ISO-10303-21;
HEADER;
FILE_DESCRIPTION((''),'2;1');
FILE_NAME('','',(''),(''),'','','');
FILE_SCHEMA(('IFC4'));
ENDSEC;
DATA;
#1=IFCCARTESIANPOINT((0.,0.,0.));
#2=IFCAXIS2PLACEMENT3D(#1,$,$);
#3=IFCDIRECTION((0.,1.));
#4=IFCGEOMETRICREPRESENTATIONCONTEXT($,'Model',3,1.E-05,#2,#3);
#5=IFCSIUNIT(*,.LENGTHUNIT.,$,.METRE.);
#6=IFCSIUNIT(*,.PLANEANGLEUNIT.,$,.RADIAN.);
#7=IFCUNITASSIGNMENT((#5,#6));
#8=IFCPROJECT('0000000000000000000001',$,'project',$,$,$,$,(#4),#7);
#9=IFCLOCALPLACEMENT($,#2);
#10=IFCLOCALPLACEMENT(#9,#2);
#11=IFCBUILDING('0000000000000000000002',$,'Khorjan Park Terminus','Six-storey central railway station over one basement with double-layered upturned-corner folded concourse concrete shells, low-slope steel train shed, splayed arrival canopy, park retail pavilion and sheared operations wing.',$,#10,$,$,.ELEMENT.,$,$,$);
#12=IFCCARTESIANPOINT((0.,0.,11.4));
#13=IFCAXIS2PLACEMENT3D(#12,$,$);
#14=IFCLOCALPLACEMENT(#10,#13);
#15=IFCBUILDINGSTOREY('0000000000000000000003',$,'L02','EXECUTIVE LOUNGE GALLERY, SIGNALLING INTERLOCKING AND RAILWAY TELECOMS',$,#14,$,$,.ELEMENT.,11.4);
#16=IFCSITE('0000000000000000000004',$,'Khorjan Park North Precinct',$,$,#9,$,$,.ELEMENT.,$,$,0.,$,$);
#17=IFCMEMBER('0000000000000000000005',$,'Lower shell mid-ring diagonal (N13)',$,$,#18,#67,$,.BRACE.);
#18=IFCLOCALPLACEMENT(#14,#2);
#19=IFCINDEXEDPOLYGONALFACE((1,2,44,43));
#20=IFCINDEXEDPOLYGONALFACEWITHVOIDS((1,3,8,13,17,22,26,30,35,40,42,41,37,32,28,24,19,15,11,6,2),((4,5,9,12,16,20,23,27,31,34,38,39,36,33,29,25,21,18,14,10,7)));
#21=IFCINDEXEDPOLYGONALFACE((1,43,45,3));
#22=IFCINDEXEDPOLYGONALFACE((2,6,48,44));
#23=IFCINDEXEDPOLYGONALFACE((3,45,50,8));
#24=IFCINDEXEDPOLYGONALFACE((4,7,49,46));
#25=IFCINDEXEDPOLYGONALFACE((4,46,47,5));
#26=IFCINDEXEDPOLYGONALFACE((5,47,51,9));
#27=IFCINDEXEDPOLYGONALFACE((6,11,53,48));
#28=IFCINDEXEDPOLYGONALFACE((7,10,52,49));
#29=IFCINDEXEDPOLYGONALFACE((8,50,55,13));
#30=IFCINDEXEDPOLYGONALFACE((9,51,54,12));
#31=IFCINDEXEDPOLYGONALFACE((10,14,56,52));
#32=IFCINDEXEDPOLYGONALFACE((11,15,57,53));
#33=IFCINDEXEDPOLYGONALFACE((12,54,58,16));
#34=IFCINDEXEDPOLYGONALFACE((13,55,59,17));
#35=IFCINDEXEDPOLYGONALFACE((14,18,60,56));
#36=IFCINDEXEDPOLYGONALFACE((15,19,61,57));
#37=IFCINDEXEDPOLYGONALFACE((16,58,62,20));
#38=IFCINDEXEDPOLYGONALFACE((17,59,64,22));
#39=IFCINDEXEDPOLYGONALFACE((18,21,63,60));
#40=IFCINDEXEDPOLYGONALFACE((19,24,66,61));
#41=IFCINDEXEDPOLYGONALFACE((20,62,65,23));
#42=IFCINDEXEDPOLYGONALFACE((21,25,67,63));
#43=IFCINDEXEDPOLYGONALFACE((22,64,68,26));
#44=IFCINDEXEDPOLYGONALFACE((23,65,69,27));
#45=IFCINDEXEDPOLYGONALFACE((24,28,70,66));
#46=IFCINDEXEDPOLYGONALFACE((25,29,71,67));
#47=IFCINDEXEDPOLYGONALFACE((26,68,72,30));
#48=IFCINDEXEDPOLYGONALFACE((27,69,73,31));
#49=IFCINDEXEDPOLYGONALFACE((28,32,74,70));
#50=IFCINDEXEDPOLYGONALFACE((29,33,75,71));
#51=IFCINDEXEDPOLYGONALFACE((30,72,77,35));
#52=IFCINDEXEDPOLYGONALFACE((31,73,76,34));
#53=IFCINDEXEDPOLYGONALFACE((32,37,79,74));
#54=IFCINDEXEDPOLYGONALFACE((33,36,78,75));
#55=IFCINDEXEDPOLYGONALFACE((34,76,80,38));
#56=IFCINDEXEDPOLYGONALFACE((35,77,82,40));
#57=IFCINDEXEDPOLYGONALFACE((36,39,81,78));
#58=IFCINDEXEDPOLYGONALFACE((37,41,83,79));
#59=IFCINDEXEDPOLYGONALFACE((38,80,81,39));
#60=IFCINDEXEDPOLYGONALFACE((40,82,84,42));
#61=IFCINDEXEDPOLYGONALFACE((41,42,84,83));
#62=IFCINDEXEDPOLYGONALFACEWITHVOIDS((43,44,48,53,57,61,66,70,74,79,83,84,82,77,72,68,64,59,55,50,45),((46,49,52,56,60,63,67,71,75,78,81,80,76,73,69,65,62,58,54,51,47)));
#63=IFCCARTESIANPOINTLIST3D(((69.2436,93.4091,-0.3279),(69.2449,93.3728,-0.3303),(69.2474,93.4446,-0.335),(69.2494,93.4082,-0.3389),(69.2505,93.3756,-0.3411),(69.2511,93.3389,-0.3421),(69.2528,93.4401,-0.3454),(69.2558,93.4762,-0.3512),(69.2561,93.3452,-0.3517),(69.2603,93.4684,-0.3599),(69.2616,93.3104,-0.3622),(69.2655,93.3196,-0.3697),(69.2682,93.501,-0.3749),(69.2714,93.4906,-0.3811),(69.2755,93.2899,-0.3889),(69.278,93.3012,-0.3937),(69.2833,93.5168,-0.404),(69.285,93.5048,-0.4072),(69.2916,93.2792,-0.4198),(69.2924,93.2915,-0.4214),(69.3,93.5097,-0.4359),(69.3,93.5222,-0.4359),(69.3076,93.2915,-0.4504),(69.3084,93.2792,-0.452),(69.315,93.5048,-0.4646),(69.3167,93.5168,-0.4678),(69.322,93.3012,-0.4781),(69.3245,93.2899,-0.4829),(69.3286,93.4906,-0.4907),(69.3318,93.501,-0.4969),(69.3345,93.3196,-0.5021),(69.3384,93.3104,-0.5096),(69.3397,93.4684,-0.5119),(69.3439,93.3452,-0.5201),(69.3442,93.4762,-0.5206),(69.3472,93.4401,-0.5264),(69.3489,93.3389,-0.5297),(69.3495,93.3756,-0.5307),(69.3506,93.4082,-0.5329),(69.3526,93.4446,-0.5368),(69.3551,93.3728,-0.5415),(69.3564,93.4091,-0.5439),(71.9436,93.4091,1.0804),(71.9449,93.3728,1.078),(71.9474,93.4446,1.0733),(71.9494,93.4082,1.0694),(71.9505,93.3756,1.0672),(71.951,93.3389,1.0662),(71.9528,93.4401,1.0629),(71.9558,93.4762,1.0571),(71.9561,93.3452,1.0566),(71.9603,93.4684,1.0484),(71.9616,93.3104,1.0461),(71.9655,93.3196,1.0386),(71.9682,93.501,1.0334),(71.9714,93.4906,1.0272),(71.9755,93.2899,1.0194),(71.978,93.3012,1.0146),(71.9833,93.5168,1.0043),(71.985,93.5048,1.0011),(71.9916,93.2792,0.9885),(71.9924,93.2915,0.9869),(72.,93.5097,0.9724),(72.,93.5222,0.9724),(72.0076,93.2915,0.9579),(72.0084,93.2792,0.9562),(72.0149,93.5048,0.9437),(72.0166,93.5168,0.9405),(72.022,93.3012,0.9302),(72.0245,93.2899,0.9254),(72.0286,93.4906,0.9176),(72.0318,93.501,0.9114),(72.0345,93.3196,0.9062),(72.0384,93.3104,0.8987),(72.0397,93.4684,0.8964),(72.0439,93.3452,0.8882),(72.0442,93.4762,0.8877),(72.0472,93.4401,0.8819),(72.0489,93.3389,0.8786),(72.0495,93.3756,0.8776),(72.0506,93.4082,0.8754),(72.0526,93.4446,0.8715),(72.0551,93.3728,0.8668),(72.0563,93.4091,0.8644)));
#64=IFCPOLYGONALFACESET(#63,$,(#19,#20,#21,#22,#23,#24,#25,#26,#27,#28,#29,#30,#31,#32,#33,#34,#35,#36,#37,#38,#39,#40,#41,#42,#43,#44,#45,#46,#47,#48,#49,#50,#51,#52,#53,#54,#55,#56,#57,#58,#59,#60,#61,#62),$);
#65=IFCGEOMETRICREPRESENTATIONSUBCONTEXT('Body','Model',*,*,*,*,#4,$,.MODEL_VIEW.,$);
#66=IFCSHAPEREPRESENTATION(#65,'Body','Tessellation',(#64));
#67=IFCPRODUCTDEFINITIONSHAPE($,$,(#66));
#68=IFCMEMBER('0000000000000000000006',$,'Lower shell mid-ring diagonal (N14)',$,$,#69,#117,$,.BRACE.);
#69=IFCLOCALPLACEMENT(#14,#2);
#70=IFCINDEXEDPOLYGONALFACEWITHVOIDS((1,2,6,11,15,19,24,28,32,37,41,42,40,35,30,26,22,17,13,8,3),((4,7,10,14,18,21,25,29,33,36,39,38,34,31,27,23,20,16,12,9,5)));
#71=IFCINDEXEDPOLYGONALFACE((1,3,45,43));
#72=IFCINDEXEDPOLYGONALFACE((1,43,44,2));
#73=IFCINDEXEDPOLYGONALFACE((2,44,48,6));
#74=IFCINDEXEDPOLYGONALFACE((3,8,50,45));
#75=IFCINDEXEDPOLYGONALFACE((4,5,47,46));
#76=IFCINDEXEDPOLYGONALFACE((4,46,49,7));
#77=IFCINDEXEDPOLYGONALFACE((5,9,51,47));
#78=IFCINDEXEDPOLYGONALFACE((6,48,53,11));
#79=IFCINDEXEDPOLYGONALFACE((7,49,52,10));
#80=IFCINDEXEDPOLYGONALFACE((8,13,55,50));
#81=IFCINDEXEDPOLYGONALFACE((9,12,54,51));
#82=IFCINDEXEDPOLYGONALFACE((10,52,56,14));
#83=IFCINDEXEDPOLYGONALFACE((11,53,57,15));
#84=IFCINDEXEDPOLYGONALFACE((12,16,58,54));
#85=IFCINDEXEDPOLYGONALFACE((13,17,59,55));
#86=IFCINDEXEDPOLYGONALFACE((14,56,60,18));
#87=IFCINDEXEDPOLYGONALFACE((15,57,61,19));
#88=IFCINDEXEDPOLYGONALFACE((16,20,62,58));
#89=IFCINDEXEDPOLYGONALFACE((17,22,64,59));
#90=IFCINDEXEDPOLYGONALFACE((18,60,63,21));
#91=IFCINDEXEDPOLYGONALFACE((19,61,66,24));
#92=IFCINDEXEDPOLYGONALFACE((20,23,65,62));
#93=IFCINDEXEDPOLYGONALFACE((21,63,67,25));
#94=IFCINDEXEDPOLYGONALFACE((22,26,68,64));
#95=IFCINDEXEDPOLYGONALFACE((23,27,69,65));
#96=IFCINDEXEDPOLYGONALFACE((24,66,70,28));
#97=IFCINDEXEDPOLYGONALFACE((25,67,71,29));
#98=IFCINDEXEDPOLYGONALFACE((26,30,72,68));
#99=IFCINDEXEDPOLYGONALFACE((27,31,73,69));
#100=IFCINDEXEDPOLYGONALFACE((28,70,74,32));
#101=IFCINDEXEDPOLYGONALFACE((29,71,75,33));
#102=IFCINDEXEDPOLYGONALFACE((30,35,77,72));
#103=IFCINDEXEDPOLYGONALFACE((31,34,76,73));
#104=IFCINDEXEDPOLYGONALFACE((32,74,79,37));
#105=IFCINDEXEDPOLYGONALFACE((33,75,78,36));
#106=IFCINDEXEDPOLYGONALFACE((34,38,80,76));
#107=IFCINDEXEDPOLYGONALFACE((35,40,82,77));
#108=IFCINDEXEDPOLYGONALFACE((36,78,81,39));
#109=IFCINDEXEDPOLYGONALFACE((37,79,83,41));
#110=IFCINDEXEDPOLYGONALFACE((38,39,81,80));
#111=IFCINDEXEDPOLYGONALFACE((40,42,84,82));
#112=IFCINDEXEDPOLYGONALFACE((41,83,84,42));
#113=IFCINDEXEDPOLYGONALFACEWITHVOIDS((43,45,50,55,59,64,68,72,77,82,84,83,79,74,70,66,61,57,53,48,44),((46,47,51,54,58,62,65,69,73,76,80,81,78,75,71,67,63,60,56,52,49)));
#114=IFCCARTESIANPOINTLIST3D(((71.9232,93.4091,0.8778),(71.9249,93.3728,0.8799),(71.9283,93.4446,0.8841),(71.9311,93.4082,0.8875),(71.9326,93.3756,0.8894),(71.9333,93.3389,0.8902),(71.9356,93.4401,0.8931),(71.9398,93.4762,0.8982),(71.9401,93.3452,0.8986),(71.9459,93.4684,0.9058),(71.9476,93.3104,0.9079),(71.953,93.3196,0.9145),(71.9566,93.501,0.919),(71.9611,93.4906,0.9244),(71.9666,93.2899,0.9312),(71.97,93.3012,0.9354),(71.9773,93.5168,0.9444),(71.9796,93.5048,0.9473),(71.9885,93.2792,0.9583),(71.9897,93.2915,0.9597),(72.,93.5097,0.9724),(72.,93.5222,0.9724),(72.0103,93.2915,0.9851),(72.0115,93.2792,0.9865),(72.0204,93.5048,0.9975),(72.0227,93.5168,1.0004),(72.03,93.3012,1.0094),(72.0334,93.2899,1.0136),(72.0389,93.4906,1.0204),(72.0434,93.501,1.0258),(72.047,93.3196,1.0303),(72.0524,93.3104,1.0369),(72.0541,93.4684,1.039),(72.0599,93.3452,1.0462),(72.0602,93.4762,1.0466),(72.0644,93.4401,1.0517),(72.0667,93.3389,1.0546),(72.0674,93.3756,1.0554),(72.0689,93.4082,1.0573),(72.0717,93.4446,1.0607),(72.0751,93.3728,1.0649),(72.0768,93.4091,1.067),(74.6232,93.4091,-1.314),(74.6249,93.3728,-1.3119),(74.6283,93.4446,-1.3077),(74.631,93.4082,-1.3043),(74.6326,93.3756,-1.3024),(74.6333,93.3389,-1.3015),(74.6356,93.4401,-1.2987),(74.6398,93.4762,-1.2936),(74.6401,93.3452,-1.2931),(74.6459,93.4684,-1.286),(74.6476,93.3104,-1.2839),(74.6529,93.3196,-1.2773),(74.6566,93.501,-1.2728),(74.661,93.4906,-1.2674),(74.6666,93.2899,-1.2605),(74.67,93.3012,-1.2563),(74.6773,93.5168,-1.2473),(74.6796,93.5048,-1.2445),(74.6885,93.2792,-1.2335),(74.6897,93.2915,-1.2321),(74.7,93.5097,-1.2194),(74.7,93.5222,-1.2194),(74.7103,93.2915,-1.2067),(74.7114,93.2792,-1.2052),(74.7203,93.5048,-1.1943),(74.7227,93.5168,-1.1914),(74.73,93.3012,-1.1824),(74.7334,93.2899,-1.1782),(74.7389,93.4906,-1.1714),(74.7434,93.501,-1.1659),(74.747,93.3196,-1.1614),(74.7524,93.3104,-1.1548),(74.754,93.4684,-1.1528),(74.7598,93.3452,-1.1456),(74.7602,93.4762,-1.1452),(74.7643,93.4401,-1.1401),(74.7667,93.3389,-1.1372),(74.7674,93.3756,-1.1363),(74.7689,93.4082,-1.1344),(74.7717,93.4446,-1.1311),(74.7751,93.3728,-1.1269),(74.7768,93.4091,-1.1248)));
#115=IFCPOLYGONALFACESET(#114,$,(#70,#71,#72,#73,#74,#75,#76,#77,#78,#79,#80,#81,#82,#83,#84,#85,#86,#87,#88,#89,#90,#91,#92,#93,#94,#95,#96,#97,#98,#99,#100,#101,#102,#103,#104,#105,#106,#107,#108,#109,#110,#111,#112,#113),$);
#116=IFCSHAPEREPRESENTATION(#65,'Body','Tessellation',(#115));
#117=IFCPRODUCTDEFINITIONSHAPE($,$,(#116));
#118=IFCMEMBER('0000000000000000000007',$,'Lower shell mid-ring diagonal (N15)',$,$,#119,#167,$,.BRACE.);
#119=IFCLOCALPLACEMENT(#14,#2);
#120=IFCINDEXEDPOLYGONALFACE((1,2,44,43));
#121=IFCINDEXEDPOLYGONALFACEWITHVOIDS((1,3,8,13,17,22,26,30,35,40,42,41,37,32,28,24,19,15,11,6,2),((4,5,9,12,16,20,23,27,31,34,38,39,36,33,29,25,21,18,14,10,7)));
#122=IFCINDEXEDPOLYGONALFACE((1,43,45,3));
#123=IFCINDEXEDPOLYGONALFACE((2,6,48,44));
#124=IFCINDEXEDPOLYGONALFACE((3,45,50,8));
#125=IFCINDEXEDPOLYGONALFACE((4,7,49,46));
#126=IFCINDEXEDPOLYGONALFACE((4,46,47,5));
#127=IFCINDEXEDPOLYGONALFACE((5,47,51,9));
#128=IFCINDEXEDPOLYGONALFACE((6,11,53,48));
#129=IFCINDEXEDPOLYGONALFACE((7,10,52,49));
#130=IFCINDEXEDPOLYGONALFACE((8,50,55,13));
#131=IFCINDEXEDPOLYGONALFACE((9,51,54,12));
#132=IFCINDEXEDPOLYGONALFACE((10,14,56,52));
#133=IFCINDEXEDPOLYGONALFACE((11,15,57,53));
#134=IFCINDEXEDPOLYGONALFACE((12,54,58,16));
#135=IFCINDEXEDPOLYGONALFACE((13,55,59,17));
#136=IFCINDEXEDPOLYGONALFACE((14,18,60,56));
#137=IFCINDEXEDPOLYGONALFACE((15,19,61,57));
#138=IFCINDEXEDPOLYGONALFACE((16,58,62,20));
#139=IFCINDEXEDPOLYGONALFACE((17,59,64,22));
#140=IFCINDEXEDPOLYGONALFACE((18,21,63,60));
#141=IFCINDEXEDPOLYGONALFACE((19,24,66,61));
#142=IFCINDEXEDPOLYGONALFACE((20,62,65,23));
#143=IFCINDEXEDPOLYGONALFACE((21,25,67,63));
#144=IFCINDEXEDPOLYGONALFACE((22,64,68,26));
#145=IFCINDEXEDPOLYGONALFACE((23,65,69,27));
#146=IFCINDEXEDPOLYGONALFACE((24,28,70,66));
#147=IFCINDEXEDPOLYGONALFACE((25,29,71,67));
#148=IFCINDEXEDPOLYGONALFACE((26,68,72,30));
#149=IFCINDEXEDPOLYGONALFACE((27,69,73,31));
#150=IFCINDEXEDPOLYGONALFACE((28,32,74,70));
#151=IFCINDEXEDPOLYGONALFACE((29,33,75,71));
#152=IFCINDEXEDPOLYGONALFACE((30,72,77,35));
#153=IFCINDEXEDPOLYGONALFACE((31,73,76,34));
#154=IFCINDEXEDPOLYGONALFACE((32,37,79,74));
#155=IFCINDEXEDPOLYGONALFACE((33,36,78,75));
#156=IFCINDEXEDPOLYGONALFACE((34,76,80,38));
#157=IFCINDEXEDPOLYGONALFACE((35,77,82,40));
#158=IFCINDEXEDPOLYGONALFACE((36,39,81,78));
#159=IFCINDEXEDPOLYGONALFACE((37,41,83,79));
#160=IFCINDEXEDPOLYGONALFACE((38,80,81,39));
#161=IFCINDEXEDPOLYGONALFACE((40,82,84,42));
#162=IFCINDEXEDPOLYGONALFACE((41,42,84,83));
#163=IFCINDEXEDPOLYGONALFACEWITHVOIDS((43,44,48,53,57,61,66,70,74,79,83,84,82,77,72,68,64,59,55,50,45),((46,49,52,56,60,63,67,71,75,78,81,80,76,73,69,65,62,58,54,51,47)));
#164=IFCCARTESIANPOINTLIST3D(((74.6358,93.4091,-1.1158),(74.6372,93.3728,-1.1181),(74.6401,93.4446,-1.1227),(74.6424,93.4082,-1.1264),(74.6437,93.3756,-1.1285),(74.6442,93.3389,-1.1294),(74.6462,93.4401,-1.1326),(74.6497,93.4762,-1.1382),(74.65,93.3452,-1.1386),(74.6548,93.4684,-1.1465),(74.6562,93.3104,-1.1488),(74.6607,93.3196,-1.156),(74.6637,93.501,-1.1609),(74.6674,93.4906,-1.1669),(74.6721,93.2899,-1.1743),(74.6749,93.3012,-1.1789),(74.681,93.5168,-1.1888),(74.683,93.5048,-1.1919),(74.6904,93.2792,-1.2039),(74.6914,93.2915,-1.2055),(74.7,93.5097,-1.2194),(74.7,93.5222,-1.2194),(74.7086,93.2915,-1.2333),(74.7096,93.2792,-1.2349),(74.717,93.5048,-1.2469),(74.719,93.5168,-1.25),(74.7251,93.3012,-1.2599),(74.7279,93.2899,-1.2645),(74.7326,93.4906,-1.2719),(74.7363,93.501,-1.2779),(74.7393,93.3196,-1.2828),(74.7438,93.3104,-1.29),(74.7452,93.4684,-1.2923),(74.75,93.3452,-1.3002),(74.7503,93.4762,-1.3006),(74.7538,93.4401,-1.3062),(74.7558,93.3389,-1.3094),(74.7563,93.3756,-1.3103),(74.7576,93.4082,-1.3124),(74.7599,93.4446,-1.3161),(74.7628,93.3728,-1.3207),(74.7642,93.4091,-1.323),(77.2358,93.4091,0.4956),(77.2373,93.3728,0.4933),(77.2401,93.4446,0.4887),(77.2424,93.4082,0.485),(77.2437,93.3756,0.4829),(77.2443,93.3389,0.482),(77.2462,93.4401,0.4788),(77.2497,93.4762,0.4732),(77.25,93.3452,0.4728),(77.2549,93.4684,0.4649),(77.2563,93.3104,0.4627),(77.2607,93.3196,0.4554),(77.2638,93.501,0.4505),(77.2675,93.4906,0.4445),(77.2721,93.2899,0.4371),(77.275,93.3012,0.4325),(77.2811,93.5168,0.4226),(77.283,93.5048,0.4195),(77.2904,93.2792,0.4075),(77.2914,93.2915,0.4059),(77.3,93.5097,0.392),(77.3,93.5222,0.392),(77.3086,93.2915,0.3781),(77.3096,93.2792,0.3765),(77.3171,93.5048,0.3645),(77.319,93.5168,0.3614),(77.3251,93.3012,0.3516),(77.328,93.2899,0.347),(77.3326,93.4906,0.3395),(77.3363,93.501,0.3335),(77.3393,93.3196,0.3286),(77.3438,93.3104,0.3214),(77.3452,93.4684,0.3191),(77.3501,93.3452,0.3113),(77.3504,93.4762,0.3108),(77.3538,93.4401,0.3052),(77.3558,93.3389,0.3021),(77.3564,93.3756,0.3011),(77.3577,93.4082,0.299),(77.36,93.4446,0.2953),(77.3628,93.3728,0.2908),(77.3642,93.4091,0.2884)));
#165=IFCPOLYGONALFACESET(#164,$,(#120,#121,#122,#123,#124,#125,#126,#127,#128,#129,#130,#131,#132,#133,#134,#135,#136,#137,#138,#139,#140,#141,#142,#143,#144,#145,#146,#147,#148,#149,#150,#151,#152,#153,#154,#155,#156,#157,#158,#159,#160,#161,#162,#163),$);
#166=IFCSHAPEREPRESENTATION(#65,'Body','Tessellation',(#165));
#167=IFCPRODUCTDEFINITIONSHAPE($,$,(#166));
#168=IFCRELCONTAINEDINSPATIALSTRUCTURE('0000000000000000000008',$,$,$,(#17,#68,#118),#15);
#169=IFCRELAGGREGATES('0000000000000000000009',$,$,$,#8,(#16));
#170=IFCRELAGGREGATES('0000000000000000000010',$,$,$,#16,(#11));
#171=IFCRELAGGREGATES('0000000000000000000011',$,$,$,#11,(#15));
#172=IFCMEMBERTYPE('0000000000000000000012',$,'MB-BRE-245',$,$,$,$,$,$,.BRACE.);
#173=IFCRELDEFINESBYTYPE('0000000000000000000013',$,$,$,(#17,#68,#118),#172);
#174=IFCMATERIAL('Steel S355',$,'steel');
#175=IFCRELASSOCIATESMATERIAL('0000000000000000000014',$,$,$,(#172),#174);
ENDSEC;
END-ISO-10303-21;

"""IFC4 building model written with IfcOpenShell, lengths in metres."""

from ifc_helpers import new_model, si_unit, direction, frame, origin, origin_2d, place, context, subcontext, project, spatial, hollow_circle, extrude, material, material_profile, profile_set, type_object, element, save


model = new_model("IFC4")

# Units and contexts
model_context = context("Model", 3, precision=1e-05, world=origin(), true_north=direction((0.0, 1.0)))
body_context = subcontext(model_context, "Body", "Model", "MODEL_VIEW")
ifc_project = project(units=[si_unit("LENGTHUNIT", "METRE"), si_unit("PLANEANGLEUNIT", "RADIAN")], contexts=[model_context])

# Site, building, storey
site_placement = place(None, origin())
site = spatial("IfcSite", under=ifc_project, at=site_placement, Name="Khorjan Park North Precinct", CompositionType="ELEMENT", RefElevation=0.0)
building_placement = place(site_placement, origin())
building = spatial("IfcBuilding", under=site, at=building_placement, Name="Khorjan Park Terminus", Description="Six-storey central railway station over one basement with double-layered upturned-corner folded concourse concrete shells, low-slope steel train shed, splayed arrival canopy, park retail pavilion and sheared operations wing.", CompositionType="ELEMENT")
storey_placement = place(building_placement, frame((0.0, 0.0, 11.4)))
storey = spatial("IfcBuildingStorey", under=building, at=storey_placement, Name="L02", Description="EXECUTIVE LOUNGE GALLERY, SIGNALLING INTERLOCKING AND RAILWAY TELECOMS", CompositionType="ELEMENT", Elevation=11.4)

# Members
ifc_material_1 = material(Name="Steel S355", Category="steel")
ifc_material_profile_1 = material_profile(ifc_material_1, hollow_circle(Radius=0.1222, WallThickness=0.0125, at=origin_2d()), Name="CHS 244.5x12.5")
ifc_profile_set_1 = profile_set([ifc_material_profile_1], Name="Steel S355")
member_type_1 = type_object("IfcMemberType", Name="MB-BRE-245", PredefinedType="BRACE", material=ifc_profile_set_1)
member_1_placement = place(storey_placement, frame((69.3, 93.4, -0.4359), z_axis=(0.886638, 0.0, 0.462464), x_axis=(0.0, 1.0, 0.0)))
element("IfcMember", 1, at=member_1_placement, inside=storey, type_object=member_type_1, Name="Lower shell mid-ring diagonal (N13)", PredefinedType="BRACE", context=body_context, shape_type="SweptSolid", body=[
    extrude(hollow_circle(Radius=0.1222, WallThickness=0.0125, at=origin_2d()), origin(), (0.0, 0.0, 1.0), 3.0452),
])
member_2_placement = place(storey_placement, frame((72.0, 93.4, 0.9724), z_axis=(0.776388, 0.0, -0.630255), x_axis=(0.0, 1.0, 0.0)))
element("IfcMember", 2, at=member_2_placement, inside=storey, type_object=member_type_1, Name="Lower shell mid-ring diagonal (N14)", PredefinedType="BRACE", context=body_context, shape_type="SweptSolid", body=[
    extrude(hollow_circle(Radius=0.1222, WallThickness=0.0125, at=origin_2d()), origin(), (0.0, 0.0, 1.0), 3.4776),
])
member_3_placement = place(storey_placement, frame((74.7, 93.4, -1.2194), z_axis=(0.849991, 0.0, 0.526798), x_axis=(0.0, 1.0, 0.0)))
element("IfcMember", 3, at=member_3_placement, inside=storey, type_object=member_type_1, Name="Lower shell mid-ring diagonal (N15)", PredefinedType="BRACE", context=body_context, shape_type="SweptSolid", body=[
    extrude(hollow_circle(Radius=0.1222, WallThickness=0.0125, at=origin_2d()), origin(), (0.0, 0.0, 1.0), 3.0589),
])

save(model, "model.ifc")
